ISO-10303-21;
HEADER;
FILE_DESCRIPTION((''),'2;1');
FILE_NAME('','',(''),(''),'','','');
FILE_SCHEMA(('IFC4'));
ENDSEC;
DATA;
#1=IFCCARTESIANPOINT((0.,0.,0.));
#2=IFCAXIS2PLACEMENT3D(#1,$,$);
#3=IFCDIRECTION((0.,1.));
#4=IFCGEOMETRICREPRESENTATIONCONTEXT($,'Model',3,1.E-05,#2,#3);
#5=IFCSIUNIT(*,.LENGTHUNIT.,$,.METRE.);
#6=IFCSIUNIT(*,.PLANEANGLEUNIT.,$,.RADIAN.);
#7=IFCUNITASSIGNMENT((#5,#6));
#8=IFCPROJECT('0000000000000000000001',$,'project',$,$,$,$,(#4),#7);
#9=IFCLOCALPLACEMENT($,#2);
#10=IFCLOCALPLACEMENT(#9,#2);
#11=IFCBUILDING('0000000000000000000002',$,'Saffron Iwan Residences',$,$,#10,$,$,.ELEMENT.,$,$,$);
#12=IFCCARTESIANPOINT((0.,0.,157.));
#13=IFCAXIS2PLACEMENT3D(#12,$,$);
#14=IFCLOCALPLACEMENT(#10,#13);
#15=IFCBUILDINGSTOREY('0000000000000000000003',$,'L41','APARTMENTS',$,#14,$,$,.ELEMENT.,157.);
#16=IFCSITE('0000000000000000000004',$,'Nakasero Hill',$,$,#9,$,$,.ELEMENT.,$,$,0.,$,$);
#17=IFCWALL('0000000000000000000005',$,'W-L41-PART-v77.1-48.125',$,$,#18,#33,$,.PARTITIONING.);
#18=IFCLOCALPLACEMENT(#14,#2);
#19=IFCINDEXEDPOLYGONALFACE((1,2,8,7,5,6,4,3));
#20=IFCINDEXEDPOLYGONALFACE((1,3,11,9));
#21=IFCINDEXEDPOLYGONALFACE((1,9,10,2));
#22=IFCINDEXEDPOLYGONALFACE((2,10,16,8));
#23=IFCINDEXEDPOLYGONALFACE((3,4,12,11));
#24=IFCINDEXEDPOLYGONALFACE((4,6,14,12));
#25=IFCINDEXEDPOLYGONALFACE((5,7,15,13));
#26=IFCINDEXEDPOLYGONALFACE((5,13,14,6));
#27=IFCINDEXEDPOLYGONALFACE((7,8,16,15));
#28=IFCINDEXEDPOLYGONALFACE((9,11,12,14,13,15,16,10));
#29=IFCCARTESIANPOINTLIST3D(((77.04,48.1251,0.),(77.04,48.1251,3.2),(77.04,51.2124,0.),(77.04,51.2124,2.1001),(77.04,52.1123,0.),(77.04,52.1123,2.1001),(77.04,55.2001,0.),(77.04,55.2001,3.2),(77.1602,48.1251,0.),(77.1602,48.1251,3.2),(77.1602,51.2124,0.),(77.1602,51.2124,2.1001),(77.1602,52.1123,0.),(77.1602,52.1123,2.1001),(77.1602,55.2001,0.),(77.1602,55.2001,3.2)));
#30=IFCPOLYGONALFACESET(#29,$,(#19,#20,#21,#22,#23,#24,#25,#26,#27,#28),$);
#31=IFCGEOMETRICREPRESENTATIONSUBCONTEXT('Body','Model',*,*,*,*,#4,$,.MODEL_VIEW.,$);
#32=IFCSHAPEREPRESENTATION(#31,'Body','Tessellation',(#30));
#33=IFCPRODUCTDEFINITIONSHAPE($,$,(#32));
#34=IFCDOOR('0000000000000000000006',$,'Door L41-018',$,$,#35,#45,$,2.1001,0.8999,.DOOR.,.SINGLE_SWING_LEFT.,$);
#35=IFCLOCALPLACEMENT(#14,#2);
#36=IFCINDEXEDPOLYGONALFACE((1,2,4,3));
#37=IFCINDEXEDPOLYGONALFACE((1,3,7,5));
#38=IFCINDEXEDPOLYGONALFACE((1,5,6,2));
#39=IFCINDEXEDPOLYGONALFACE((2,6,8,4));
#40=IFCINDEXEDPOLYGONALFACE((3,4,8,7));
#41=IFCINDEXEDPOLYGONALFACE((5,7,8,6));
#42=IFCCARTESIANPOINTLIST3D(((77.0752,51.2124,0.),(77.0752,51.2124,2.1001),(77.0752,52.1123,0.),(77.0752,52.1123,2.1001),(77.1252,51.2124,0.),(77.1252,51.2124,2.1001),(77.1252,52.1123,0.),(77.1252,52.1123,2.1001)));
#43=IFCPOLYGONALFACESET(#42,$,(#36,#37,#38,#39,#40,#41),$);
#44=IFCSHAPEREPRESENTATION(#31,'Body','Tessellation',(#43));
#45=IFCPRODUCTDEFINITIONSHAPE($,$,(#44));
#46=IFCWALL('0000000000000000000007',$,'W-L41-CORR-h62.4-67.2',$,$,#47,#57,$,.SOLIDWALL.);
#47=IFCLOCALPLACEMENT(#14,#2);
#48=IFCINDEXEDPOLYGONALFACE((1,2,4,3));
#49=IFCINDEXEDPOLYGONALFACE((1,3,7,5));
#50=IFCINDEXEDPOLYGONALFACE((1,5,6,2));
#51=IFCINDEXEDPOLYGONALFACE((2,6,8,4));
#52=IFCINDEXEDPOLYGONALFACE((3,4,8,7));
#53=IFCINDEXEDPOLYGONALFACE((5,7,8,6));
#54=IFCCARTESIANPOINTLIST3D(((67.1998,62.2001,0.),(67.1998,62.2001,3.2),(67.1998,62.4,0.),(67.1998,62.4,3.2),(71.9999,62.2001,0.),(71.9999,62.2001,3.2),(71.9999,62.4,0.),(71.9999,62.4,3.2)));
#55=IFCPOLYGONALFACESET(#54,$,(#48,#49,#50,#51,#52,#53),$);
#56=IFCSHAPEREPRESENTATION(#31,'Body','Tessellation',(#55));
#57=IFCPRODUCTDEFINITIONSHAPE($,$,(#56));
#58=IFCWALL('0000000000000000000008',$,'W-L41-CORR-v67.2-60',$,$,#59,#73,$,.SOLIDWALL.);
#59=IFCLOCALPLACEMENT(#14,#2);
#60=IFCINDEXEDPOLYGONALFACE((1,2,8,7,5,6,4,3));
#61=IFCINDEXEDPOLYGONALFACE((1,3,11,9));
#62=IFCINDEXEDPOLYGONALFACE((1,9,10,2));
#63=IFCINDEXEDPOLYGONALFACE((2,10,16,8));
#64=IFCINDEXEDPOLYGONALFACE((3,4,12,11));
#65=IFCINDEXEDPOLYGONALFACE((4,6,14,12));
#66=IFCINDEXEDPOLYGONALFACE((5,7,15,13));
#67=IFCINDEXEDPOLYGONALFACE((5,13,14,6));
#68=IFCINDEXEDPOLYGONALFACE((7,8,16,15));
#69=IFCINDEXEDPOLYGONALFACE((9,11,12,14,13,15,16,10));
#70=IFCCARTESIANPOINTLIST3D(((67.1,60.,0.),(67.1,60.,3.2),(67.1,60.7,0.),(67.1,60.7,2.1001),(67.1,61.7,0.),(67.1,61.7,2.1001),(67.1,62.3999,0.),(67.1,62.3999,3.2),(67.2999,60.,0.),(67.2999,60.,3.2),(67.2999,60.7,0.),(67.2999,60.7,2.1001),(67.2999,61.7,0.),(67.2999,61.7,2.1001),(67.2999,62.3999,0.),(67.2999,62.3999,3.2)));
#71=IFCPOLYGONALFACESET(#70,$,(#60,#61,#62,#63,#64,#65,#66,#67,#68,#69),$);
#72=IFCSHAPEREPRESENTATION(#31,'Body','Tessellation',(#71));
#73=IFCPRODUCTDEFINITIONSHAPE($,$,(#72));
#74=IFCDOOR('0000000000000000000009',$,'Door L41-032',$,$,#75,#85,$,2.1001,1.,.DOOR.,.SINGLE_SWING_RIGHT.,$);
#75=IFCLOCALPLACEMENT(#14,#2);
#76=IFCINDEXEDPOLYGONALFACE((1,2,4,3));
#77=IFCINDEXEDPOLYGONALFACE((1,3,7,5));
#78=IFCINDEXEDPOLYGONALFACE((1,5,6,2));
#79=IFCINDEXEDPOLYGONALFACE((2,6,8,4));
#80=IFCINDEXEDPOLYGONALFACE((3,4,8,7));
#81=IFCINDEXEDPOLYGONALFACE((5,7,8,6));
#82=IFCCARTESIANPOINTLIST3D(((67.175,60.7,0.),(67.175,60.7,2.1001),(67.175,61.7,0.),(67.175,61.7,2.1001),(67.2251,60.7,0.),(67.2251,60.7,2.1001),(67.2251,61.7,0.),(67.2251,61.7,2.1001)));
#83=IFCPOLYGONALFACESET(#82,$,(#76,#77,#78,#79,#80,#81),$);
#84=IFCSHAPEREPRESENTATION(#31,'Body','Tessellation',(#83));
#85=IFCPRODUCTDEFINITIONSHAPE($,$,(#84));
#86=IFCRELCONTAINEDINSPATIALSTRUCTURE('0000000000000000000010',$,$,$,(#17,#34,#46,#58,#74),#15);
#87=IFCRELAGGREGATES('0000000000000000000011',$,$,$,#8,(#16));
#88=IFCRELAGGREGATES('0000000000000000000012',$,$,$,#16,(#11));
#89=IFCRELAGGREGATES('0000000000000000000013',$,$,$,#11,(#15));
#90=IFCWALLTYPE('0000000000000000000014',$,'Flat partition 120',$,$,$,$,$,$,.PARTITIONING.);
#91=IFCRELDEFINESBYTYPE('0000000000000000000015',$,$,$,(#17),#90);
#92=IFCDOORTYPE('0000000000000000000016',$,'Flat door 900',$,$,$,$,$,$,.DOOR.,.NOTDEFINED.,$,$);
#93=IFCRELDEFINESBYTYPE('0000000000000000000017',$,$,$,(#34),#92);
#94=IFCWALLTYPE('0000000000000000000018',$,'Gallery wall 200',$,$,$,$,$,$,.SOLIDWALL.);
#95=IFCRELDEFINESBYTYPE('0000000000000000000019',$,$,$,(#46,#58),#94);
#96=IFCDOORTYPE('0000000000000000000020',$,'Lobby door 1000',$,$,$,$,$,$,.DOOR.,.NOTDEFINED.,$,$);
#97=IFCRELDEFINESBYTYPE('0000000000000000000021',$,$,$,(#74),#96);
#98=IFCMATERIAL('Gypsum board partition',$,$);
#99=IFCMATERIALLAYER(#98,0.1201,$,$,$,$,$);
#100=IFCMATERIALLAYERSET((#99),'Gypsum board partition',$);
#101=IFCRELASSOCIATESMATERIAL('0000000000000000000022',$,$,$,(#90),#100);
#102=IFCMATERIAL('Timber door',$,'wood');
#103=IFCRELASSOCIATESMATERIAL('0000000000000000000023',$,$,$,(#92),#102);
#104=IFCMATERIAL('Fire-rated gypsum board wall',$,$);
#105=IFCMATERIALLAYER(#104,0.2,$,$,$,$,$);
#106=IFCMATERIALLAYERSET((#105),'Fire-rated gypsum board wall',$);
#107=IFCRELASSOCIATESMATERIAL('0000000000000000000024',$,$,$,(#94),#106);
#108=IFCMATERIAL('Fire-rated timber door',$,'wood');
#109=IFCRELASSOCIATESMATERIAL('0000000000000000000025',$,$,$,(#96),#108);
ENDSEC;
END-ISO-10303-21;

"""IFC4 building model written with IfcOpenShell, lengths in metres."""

from ifc_helpers import new_model, si_unit, direction, frame, frame_2d, origin, place, context, subcontext, project, spatial, rectangle, extrude, material, layer, layer_set, type_object, element, fill, save


model = new_model("IFC4")

# Units and contexts
model_context = context("Model", 3, precision=1e-05, world=origin(), true_north=direction((0.0, 1.0)))
body_context = subcontext(model_context, "Body", "Model", "MODEL_VIEW")
ifc_project = project(units=[si_unit("LENGTHUNIT", "METRE"), si_unit("PLANEANGLEUNIT", "RADIAN")], contexts=[model_context])

# Site, building, storey
site_placement = place(None, origin())
site = spatial("IfcSite", under=ifc_project, at=site_placement, Name="Nakasero Hill", CompositionType="ELEMENT", RefElevation=0.0)
building_placement = place(site_placement, origin())
building = spatial("IfcBuilding", under=site, at=building_placement, Name="Saffron Iwan Residences", CompositionType="ELEMENT")
storey_placement = place(building_placement, frame((0.0, 0.0, 157.0)))
storey = spatial("IfcBuildingStorey", under=building, at=storey_placement, Name="L41", Description="APARTMENTS", CompositionType="ELEMENT", Elevation=157.0)

# Shared definitions
ifc_material_1 = material(Name="Fire-rated gypsum board wall")

# Shared definitions
ifc_material_2 = material(Name="Gypsum board partition")
ifc_layer_1 = layer(ifc_material_2, 0.1201)
ifc_layer_set_1 = layer_set([ifc_layer_1], Name="Gypsum board partition")
wall_type_1 = type_object("IfcWallType", Name="Flat partition 120", PredefinedType="PARTITIONING", material=ifc_layer_set_1)
ifc_material_3 = material(Name="Timber door", Category="wood")
door_type_1 = type_object("IfcDoorType", Name="Flat door 900", OperationType="NOTDEFINED", PredefinedType="DOOR", material=ifc_material_3)

# Wall, opening, door
wall_1_placement = place(storey_placement, frame((77.1001, 48.125, 0.0), z_axis=(0.0, 0.0, 1.0), x_axis=(0.0, 1.0, 0.0)))
wall_1 = element("IfcWall", 1, at=wall_1_placement, inside=storey, type_object=wall_type_1, Name="W-L41-PART-v77.1-48.125", PredefinedType="PARTITIONING", context=body_context, shape_type="SweptSolid", body=[
    extrude(rectangle(XDim=7.075, YDim=0.1201, at=frame_2d((3.5376, 0.0))), origin(), (0.0, 0.0, 1.0), 3.2),
])
opening_1_placement = place(wall_1_placement, frame((3.0874, 0.0, 0.0)))
opening_1 = element("IfcOpeningElement", 2, at=opening_1_placement, cuts=wall_1, PredefinedType="OPENING", context=body_context, shape_type="SweptSolid", body=[
    extrude(rectangle(XDim=0.8999, YDim=2.1001, at=frame_2d((0.45, 1.05))), frame((0.0, 0.0701, 0.0), z_axis=(0.0, -1.0, 0.0), x_axis=(1.0, 0.0, 0.0)), (0.0, 0.0, 1.0), 0.1401),
])
door_1_placement = place(opening_1_placement, origin())
door_1 = element("IfcDoor", 3, at=door_1_placement, inside=storey, type_object=door_type_1, Name="Door L41-018", OperationType="SINGLE_SWING_LEFT", OverallHeight=2.1001, OverallWidth=0.8999, PredefinedType="DOOR", context=body_context, shape_type="SweptSolid", body=[
    extrude(rectangle(XDim=0.8999, YDim=2.1001, at=frame_2d((0.45, 1.05))), frame((0.0, 0.0249, 0.0), z_axis=(0.0, -1.0, 0.0), x_axis=(1.0, 0.0, 0.0)), (0.0, 0.0, 1.0), 0.05),
])
fill(opening_1, door_1)

# Wall
ifc_layer_2 = layer(ifc_material_1, 0.2)
ifc_layer_set_2 = layer_set([ifc_layer_2], Name="Fire-rated gypsum board wall")
wall_type_2 = type_object("IfcWallType", Name="Gallery wall 200", PredefinedType="SOLIDWALL", material=ifc_layer_set_2)
wall_2_placement = place(storey_placement, frame((67.2, 62.3, 0.0), z_axis=(0.0, 0.0, 1.0), x_axis=(1.0, 0.0, 0.0)))
element("IfcWall", 4, at=wall_2_placement, inside=storey, type_object=wall_type_2, Name="W-L41-CORR-h62.4-67.2", PredefinedType="SOLIDWALL", context=body_context, shape_type="SweptSolid", body=[
    extrude(rectangle(XDim=4.8, YDim=0.2, at=frame_2d((2.3999, 0.0))), origin(), (0.0, 0.0, 1.0), 3.2),
])

# Wall, opening, door
wall_3_placement = place(storey_placement, frame((67.2, 60.0, 0.0), z_axis=(0.0, 0.0, 1.0), x_axis=(0.0, 1.0, 0.0)))
wall_3 = element("IfcWall", 5, at=wall_3_placement, inside=storey, type_object=wall_type_2, Name="W-L41-CORR-v67.2-60", PredefinedType="SOLIDWALL", context=body_context, shape_type="SweptSolid", body=[
    extrude(rectangle(XDim=2.3999, YDim=0.2, at=frame_2d((1.2, 0.0))), origin(), (0.0, 0.0, 1.0), 3.2),
])
opening_2_placement = place(wall_3_placement, frame((0.7, 0.0, 0.0)))
opening_2 = element("IfcOpeningElement", 6, at=opening_2_placement, cuts=wall_3, PredefinedType="OPENING", context=body_context, shape_type="SweptSolid", body=[
    extrude(rectangle(XDim=1.0, YDim=2.1001, at=frame_2d((0.5, 1.05))), frame((0.0, 0.1099, 0.0), z_axis=(0.0, -1.0, 0.0), x_axis=(1.0, 0.0, 0.0)), (0.0, 0.0, 1.0), 0.22),
])
ifc_material_4 = material(Name="Fire-rated timber door", Category="wood")
door_type_2 = type_object("IfcDoorType", Name="Lobby door 1000", OperationType="NOTDEFINED", PredefinedType="DOOR", material=ifc_material_4)
door_2_placement = place(opening_2_placement, origin())
door_2 = element("IfcDoor", 7, at=door_2_placement, inside=storey, type_object=door_type_2, Name="Door L41-032", OperationType="SINGLE_SWING_RIGHT", OverallHeight=2.1001, OverallWidth=1.0, PredefinedType="DOOR", context=body_context, shape_type="SweptSolid", body=[
    extrude(rectangle(XDim=1.0, YDim=2.1001, at=frame_2d((0.5, 1.05))), frame((0.0, 0.0249, 0.0), z_axis=(0.0, -1.0, 0.0), x_axis=(1.0, 0.0, 0.0)), (0.0, 0.0, 1.0), 0.05),
])
fill(opening_2, door_2)

save(model, "model.ifc")
